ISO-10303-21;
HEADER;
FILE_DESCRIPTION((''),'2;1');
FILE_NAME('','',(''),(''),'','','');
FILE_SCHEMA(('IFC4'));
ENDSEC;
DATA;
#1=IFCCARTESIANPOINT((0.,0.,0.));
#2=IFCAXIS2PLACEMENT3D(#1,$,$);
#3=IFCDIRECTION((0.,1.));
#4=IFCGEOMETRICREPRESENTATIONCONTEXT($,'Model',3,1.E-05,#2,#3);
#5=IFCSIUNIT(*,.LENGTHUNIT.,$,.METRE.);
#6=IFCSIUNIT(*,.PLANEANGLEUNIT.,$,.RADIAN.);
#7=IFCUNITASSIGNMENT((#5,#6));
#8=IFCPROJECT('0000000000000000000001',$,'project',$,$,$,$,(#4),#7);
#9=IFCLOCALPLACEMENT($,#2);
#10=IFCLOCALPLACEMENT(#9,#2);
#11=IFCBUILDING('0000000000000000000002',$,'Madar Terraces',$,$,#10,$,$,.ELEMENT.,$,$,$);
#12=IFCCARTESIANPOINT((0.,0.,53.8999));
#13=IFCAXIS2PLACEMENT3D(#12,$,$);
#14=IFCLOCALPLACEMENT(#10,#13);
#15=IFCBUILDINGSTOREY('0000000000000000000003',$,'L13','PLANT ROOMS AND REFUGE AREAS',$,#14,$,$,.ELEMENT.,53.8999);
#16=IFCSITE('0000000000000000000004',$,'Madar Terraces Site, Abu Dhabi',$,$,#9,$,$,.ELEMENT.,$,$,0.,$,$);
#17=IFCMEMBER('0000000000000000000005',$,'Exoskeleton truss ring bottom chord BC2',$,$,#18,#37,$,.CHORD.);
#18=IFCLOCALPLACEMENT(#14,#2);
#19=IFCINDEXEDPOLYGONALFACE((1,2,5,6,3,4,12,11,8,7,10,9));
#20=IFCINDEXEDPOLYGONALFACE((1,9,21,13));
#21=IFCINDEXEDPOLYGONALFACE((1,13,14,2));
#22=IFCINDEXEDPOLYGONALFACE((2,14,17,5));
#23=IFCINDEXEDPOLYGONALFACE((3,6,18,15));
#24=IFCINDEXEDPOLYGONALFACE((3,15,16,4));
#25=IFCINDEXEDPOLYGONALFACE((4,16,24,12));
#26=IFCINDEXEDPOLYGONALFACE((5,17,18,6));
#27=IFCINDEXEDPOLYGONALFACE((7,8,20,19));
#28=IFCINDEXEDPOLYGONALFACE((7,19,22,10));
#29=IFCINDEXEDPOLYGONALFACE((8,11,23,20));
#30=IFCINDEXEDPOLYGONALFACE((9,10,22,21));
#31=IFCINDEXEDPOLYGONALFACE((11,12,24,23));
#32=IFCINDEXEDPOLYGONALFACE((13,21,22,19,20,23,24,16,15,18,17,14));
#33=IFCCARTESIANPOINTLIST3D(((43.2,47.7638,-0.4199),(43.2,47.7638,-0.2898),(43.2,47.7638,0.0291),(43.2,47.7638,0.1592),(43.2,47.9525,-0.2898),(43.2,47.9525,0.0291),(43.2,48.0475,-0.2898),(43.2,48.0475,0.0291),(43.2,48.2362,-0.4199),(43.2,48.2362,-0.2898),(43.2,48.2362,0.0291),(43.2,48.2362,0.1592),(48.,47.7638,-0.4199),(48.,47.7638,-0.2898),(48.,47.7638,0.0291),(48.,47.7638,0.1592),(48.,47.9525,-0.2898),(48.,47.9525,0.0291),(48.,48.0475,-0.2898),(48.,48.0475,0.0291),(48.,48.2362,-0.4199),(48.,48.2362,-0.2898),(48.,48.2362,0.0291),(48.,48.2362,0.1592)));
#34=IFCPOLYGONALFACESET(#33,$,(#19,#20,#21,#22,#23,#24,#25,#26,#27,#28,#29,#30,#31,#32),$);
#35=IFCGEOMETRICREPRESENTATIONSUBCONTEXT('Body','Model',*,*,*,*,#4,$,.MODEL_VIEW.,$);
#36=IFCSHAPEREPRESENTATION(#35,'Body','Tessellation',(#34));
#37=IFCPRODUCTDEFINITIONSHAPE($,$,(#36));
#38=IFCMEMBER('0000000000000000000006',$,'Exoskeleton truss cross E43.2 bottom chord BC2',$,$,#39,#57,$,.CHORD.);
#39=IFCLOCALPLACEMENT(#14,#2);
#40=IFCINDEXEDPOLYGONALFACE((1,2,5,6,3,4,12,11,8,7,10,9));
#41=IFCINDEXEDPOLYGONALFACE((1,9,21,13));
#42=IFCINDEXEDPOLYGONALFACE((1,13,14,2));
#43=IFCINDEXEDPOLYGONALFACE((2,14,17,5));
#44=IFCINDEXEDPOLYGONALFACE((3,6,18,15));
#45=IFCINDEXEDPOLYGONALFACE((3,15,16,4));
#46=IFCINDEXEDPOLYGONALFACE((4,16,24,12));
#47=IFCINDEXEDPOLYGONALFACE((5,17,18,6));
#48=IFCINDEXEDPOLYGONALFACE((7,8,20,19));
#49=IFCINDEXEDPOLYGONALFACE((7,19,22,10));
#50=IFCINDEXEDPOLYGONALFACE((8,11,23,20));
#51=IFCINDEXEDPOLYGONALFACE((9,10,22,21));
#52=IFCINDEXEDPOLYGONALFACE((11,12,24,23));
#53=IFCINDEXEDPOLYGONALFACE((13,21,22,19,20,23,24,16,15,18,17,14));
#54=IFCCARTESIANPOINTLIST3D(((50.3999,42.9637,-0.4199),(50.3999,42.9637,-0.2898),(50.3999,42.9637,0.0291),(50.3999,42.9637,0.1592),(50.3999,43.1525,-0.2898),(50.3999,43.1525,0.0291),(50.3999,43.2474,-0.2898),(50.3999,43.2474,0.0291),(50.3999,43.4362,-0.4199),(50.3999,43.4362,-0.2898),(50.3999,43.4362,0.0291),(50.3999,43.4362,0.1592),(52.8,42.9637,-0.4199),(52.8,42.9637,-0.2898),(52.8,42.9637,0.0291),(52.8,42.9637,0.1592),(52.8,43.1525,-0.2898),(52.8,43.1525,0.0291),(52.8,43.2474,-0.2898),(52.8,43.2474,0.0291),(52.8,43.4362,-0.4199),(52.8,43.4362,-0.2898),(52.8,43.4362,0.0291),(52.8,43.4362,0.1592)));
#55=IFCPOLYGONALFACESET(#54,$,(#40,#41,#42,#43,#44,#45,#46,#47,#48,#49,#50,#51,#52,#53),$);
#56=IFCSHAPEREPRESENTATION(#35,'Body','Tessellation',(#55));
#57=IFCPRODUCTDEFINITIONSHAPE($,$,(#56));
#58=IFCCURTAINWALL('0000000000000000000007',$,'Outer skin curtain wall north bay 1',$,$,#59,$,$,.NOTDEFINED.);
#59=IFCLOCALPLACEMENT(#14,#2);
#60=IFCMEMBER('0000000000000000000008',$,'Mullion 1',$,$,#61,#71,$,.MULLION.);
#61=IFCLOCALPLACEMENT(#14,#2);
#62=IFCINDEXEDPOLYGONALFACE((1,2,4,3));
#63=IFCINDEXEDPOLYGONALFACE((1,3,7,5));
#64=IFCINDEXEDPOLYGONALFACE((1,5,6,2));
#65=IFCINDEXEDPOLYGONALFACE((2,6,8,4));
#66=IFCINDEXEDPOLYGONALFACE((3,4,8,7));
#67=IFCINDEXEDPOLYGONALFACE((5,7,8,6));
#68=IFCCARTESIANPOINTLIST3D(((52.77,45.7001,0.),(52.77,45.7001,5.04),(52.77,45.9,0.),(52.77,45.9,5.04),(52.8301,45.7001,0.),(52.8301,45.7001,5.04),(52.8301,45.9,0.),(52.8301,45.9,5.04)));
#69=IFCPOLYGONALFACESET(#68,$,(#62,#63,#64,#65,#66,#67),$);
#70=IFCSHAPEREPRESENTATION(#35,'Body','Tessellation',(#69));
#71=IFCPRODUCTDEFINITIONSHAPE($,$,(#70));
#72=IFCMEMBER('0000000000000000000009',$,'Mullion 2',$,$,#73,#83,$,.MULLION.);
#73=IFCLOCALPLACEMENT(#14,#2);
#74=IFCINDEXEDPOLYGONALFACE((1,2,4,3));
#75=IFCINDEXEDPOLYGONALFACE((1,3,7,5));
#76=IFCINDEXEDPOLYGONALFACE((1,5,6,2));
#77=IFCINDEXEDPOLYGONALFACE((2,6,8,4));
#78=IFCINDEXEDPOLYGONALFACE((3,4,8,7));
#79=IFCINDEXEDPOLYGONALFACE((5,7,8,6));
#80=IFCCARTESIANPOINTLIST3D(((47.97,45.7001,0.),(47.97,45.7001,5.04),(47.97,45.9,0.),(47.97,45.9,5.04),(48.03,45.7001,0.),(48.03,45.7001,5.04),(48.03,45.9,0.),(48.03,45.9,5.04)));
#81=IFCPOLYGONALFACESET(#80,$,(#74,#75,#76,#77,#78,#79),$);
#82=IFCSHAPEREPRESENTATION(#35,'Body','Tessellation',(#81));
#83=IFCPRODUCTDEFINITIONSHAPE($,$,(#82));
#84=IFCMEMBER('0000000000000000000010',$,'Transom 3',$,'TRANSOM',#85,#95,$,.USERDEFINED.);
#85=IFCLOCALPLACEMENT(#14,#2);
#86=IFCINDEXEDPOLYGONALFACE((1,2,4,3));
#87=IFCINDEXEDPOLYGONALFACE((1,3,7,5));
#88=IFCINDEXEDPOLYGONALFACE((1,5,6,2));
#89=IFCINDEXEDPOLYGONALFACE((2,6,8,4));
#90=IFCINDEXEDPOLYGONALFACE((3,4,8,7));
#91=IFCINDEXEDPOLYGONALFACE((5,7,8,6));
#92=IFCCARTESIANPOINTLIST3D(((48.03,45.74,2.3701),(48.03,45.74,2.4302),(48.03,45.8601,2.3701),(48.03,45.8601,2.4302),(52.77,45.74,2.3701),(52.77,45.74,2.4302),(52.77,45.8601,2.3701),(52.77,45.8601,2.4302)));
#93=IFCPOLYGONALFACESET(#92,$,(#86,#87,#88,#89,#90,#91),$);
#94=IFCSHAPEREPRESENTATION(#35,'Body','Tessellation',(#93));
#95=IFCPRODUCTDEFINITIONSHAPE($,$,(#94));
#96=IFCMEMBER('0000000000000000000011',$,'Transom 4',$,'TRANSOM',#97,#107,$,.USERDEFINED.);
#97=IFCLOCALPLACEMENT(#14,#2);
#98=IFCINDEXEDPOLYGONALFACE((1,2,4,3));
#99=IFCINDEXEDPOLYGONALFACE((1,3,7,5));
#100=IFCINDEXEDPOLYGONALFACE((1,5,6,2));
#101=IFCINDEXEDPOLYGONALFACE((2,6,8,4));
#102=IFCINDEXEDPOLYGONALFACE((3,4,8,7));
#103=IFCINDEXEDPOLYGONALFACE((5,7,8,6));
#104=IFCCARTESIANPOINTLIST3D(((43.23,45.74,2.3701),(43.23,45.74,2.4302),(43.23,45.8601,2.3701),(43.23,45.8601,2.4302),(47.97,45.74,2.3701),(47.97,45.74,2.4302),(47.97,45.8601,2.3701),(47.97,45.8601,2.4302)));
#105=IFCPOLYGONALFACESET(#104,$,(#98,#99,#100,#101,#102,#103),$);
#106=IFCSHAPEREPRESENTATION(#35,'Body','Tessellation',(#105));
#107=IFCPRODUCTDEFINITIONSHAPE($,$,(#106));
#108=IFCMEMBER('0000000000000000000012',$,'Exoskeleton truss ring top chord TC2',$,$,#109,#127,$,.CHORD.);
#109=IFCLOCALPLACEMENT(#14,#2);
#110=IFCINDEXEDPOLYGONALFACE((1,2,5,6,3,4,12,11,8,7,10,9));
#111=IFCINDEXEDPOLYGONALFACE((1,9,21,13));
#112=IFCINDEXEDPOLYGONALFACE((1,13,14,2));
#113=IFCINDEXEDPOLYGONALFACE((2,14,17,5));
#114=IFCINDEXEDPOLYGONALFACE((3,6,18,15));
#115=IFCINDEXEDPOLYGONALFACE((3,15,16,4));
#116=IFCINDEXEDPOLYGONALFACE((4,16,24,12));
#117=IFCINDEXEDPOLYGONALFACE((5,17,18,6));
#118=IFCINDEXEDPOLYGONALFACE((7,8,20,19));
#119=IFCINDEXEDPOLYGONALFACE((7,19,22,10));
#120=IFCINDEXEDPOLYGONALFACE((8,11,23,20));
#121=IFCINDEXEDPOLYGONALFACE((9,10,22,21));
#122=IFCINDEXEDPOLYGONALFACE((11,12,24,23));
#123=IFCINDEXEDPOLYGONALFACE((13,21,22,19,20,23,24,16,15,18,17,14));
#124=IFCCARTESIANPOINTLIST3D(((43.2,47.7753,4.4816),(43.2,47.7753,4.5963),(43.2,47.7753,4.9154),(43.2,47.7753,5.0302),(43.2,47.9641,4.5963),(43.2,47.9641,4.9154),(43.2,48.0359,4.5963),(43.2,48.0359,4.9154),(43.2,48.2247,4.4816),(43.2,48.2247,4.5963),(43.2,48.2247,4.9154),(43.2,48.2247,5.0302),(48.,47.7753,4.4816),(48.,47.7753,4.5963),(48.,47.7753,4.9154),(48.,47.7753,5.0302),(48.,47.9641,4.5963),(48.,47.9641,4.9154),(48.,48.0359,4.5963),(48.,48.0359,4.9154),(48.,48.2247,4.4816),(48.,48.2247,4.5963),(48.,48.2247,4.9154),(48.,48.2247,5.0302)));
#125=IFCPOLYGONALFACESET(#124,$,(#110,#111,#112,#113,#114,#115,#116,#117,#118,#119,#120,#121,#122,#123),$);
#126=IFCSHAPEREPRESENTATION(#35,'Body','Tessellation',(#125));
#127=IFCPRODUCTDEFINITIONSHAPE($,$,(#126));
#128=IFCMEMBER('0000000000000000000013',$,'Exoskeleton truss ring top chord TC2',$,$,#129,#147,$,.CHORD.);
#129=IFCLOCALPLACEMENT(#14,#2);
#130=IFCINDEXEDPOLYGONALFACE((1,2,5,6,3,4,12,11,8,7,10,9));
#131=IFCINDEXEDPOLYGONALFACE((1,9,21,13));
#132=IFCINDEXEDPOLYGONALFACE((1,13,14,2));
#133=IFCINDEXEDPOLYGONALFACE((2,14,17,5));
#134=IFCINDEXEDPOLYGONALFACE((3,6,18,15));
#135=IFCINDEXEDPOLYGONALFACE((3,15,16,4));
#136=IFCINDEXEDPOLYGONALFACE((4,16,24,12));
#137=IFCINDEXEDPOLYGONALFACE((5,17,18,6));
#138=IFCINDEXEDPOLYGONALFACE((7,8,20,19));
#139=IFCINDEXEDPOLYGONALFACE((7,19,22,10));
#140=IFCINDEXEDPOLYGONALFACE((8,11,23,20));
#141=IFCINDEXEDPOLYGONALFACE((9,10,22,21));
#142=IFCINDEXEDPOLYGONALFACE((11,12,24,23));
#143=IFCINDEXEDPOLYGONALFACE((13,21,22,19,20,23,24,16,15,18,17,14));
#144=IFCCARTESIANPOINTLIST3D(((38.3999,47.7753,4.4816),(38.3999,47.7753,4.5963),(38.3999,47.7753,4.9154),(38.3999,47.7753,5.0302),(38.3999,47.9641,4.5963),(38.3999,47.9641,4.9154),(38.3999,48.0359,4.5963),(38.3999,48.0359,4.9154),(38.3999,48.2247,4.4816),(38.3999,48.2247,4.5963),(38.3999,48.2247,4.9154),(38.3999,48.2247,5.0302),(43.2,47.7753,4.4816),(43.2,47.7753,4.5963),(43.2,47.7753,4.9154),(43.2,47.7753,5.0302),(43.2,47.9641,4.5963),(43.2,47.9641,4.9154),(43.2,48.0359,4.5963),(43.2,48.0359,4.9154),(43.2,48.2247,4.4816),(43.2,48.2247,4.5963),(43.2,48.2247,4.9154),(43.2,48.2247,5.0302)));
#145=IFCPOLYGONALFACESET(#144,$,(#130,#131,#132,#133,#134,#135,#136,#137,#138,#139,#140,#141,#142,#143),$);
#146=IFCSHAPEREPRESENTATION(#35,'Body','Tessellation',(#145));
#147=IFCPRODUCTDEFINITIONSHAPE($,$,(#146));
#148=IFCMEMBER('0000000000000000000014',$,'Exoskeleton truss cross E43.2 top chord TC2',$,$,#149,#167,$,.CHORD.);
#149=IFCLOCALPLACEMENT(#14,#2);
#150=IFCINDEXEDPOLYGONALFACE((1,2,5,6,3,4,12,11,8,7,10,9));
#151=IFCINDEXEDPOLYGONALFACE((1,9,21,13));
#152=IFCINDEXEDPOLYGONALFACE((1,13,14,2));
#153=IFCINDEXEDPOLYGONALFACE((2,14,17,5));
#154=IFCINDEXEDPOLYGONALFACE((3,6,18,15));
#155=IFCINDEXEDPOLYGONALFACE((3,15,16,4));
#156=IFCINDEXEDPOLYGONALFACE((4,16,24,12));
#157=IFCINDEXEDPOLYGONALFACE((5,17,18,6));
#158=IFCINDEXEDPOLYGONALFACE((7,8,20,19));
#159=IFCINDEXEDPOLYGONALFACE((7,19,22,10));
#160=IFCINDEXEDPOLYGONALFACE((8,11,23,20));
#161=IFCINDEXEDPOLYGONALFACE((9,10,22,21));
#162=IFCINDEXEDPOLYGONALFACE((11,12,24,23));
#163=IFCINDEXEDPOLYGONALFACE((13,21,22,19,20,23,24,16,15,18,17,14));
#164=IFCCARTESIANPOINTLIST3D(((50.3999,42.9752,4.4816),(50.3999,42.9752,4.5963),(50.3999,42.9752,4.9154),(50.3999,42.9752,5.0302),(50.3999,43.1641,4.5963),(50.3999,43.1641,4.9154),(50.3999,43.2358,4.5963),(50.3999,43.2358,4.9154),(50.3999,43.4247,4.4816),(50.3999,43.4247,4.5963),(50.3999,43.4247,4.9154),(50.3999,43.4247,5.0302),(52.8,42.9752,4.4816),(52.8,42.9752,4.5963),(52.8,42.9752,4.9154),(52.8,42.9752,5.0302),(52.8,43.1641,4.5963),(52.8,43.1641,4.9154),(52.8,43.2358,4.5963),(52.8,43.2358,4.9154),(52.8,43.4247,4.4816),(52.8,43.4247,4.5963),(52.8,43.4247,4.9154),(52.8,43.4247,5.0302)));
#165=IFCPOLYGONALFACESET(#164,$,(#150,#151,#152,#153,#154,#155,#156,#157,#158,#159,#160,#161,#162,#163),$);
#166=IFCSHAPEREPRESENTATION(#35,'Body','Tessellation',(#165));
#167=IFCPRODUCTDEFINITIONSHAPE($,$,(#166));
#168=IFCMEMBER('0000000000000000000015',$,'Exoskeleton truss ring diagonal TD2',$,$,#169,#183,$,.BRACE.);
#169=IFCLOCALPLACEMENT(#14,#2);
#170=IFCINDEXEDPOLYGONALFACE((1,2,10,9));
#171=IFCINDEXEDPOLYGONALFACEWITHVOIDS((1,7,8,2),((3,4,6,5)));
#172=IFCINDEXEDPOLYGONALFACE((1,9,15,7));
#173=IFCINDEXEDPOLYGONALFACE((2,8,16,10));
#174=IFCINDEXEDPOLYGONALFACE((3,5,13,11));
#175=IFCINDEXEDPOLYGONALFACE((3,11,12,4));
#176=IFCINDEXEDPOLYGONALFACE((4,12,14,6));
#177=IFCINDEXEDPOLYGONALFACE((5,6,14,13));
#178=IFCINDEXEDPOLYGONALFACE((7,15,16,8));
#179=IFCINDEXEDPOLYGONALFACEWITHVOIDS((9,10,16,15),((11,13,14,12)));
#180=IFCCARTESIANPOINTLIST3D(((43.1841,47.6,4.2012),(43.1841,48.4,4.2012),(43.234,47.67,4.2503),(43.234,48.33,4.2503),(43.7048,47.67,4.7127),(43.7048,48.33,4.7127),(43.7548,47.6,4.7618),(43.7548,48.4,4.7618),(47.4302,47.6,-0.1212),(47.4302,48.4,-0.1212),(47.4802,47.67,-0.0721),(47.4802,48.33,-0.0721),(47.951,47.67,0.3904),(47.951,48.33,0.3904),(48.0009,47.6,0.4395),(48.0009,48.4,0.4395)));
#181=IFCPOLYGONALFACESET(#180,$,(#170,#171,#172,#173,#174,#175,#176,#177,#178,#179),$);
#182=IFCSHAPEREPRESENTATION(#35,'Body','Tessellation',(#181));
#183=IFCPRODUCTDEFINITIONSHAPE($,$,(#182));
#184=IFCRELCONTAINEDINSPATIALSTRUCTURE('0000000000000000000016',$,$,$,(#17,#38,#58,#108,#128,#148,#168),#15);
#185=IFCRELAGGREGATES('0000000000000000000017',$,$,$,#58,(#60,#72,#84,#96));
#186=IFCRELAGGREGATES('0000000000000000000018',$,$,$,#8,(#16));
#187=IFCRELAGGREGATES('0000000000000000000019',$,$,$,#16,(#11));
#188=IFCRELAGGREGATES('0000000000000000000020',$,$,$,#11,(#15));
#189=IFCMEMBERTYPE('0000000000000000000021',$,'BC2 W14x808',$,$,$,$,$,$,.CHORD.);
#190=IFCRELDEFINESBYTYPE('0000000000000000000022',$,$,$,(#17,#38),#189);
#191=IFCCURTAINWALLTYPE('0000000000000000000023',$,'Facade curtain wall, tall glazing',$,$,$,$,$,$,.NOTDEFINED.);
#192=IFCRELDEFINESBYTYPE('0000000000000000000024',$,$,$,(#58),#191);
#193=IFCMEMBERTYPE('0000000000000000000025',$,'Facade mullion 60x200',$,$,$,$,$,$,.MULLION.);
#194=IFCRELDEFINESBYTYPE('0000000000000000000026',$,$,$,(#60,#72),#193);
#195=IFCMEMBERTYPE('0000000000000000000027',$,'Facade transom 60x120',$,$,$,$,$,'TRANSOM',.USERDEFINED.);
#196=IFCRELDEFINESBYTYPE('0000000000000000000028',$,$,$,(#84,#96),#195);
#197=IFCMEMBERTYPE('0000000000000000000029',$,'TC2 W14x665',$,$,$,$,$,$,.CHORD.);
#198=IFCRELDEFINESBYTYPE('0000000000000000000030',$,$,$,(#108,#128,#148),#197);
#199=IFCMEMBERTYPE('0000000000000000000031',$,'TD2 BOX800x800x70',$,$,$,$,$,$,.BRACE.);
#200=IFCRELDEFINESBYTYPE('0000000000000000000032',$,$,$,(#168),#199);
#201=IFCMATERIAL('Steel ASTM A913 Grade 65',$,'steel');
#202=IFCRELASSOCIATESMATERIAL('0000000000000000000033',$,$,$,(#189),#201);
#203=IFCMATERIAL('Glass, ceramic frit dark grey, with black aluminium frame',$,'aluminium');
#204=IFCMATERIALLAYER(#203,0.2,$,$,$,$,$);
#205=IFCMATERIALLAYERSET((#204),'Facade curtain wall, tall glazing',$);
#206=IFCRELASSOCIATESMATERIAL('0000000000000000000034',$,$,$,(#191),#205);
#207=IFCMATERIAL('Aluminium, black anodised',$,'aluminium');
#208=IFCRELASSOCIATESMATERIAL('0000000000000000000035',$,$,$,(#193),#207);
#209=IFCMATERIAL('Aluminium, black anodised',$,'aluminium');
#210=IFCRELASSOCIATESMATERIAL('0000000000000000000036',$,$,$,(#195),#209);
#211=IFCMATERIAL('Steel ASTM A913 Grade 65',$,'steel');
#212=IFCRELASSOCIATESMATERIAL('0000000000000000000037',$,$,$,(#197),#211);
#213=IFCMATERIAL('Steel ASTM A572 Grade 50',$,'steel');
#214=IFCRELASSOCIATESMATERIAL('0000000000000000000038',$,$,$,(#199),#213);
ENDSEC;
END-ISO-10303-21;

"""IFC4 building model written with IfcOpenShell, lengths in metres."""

from ifc_helpers import new_model, si_unit, direction, frame, origin, origin_2d, place, context, subcontext, project, spatial, rectangle, hollow_rectangle, i_section, extrude, material, layer, layer_set, material_profile, profile_set, type_object, element, aggregate, save


model = new_model("IFC4")

# Units and contexts
model_context = context("Model", 3, precision=1e-05, world=origin(), true_north=direction((0.0, 1.0)))
body_context = subcontext(model_context, "Body", "Model", "MODEL_VIEW")
ifc_project = project(units=[si_unit("LENGTHUNIT", "METRE"), si_unit("PLANEANGLEUNIT", "RADIAN")], contexts=[model_context])

# Site, building, storey
site_placement = place(None, origin())
site = spatial("IfcSite", under=ifc_project, at=site_placement, Name="Madar Terraces Site, Abu Dhabi", CompositionType="ELEMENT", RefElevation=0.0)
building_placement = place(site_placement, origin())
building = spatial("IfcBuilding", under=site, at=building_placement, Name="Madar Terraces", CompositionType="ELEMENT")
storey_placement = place(building_placement, frame((0.0, 0.0, 53.8999)))
storey = spatial("IfcBuildingStorey", under=building, at=storey_placement, Name="L13", Description="PLANT ROOMS AND REFUGE AREAS", CompositionType="ELEMENT", Elevation=53.8999)

# Members
ifc_material_1 = material(Name="Steel ASTM A913 Grade 65", Category="steel")
ifc_material_profile_1 = material_profile(ifc_material_1, i_section(OverallWidth=0.4724, OverallDepth=0.5791, WebThickness=0.095, FlangeThickness=0.1301, at=origin_2d()), Name="W14x808")
ifc_profile_set_1 = profile_set([ifc_material_profile_1], Name="Steel ASTM A913 Grade 65")
member_type_1 = type_object("IfcMemberType", Name="BC2 W14x808", PredefinedType="CHORD", material=ifc_profile_set_1)
member_1_placement = place(storey_placement, frame((48.0, 48.0, -0.1304), z_axis=(-1.0, 0.0, 0.0), x_axis=(0.0, -1.0, 0.0)))
element("IfcMember", 1, at=member_1_placement, inside=storey, type_object=member_type_1, Name="Exoskeleton truss ring bottom chord BC2", PredefinedType="CHORD", context=body_context, shape_type="SweptSolid", body=[
    extrude(i_section(OverallWidth=0.4724, OverallDepth=0.5791, WebThickness=0.095, FlangeThickness=0.1301, at=origin_2d()), origin(), (0.0, 0.0, 1.0), 4.8),
])
member_2_placement = place(storey_placement, frame((52.8, 43.2, -0.1304), z_axis=(-1.0, 0.0, 0.0), x_axis=(0.0, -1.0, 0.0)))
element("IfcMember", 2, at=member_2_placement, inside=storey, type_object=member_type_1, Name="Exoskeleton truss cross E43.2 bottom chord BC2", PredefinedType="CHORD", context=body_context, shape_type="SweptSolid", body=[
    extrude(i_section(OverallWidth=0.4724, OverallDepth=0.5791, WebThickness=0.095, FlangeThickness=0.1301, at=origin_2d()), origin(), (0.0, 0.0, 1.0), 2.4001),
])

# Curtain wall, members
ifc_material_2 = material(Name="Glass, ceramic frit dark grey, with black aluminium frame", Category="aluminium")
ifc_layer_1 = layer(ifc_material_2, 0.2)
ifc_layer_set_1 = layer_set([ifc_layer_1], Name="Facade curtain wall, tall glazing")
curtain_wall_type = type_object("IfcCurtainWallType", Name="Facade curtain wall, tall glazing", PredefinedType="NOTDEFINED", material=ifc_layer_set_1)
curtain_wall_placement = place(storey_placement, origin())
curtain_wall = element("IfcCurtainWall", 3, at=curtain_wall_placement, inside=storey, type_object=curtain_wall_type, Name="Outer skin curtain wall north bay 1", PredefinedType="NOTDEFINED")
ifc_material_3 = material(Name="Aluminium, black anodised", Category="aluminium")
ifc_material_profile_2 = material_profile(ifc_material_3, rectangle(XDim=0.2, YDim=0.0601, at=origin_2d()), Name="Facade mullion 60x200")
ifc_profile_set_2 = profile_set([ifc_material_profile_2], Name="Aluminium, black anodised")
member_type_2 = type_object("IfcMemberType", Name="Facade mullion 60x200", PredefinedType="MULLION", material=ifc_profile_set_2)
member_3_placement = place(storey_placement, frame((52.8, 45.8, 0.0), z_axis=(0.0, 0.0, 1.0), x_axis=(0.0, -1.0, 0.0)))
member_3 = element("IfcMember", 4, at=member_3_placement, type_object=member_type_2, Name="Mullion 1", PredefinedType="MULLION", context=body_context, shape_type="SweptSolid", body=[
    extrude(rectangle(XDim=0.2, YDim=0.0601, at=origin_2d()), origin(), (0.0, 0.0, 1.0), 5.04),
])
member_4_placement = place(storey_placement, frame((48.0, 45.8, 0.0), z_axis=(0.0, 0.0, 1.0), x_axis=(0.0, -1.0, 0.0)))
member_4 = element("IfcMember", 5, at=member_4_placement, type_object=member_type_2, Name="Mullion 2", PredefinedType="MULLION", context=body_context, shape_type="SweptSolid", body=[
    extrude(rectangle(XDim=0.2, YDim=0.0601, at=origin_2d()), origin(), (0.0, 0.0, 1.0), 5.04),
])
ifc_material_4 = material(Name="Aluminium, black anodised", Category="aluminium")
ifc_material_profile_3 = material_profile(ifc_material_4, rectangle(XDim=0.1201, YDim=0.0601, at=origin_2d()), Name="Facade transom 60x120")
ifc_profile_set_3 = profile_set([ifc_material_profile_3], Name="Aluminium, black anodised")
member_type_3 = type_object("IfcMemberType", Name="Facade transom 60x120", ElementType="TRANSOM", PredefinedType="USERDEFINED", material=ifc_profile_set_3)
member_5_placement = place(storey_placement, frame((52.77, 45.8, 2.4001), z_axis=(-1.0, 0.0, 0.0), x_axis=(0.0, -1.0, 0.0)))
member_5 = element("IfcMember", 6, at=member_5_placement, type_object=member_type_3, Name="Transom 3", ObjectType="TRANSOM", PredefinedType="USERDEFINED", context=body_context, shape_type="SweptSolid", body=[
    extrude(rectangle(XDim=0.1201, YDim=0.0601, at=origin_2d()), origin(), (0.0, 0.0, 1.0), 4.74),
])
member_6_placement = place(storey_placement, frame((47.97, 45.8, 2.4001), z_axis=(-1.0, 0.0, 0.0), x_axis=(0.0, -1.0, 0.0)))
member_6 = element("IfcMember", 7, at=member_6_placement, type_object=member_type_3, Name="Transom 4", ObjectType="TRANSOM", PredefinedType="USERDEFINED", context=body_context, shape_type="SweptSolid", body=[
    extrude(rectangle(XDim=0.1201, YDim=0.0601, at=origin_2d()), origin(), (0.0, 0.0, 1.0), 4.74),
])

# Members
ifc_material_5 = material(Name="Steel ASTM A913 Grade 65", Category="steel")
ifc_material_profile_4 = material_profile(ifc_material_5, i_section(OverallWidth=0.4495, OverallDepth=0.5486, WebThickness=0.0718, FlangeThickness=0.1147, at=origin_2d()), Name="W14x665")
ifc_profile_set_4 = profile_set([ifc_material_profile_4], Name="Steel ASTM A913 Grade 65")
member_type_4 = type_object("IfcMemberType", Name="TC2 W14x665", PredefinedType="CHORD", material=ifc_profile_set_4)
for number, where, z_axis, x_axis, name in (
    (8, (48.0, 48.0, 4.7559), (-1.0, 0.0, 0.0), (0.0, -1.0, 0.0), "Exoskeleton truss ring top chord TC2"),
    (9, (43.2, 48.0, 4.7559), (-1.0, 0.0, 0.0), (0.0, -1.0, 0.0), "Exoskeleton truss ring top chord TC2"),
):
    element("IfcMember", number, at=place(storey_placement, frame(where, z_axis=z_axis, x_axis=x_axis)), inside=storey, type_object=member_type_4, Name=name, PredefinedType="CHORD", context=body_context, shape_type="SweptSolid", body=[
        extrude(i_section(OverallWidth=0.4495, OverallDepth=0.5486, WebThickness=0.0718, FlangeThickness=0.1147, at=origin_2d()), origin(), (0.0, 0.0, 1.0), 4.8),
    ])
member_7_placement = place(storey_placement, frame((52.8, 43.2, 4.7559), z_axis=(-1.0, 0.0, 0.0), x_axis=(0.0, -1.0, 0.0)))
element("IfcMember", 10, at=member_7_placement, inside=storey, type_object=member_type_4, Name="Exoskeleton truss cross E43.2 top chord TC2", PredefinedType="CHORD", context=body_context, shape_type="SweptSolid", body=[
    extrude(i_section(OverallWidth=0.4495, OverallDepth=0.5486, WebThickness=0.0718, FlangeThickness=0.1147, at=origin_2d()), origin(), (0.0, 0.0, 1.0), 2.4001),
])
ifc_material_6 = material(Name="Steel ASTM A572 Grade 50", Category="steel")
ifc_material_profile_5 = material_profile(ifc_material_6, hollow_rectangle(XDim=0.8, YDim=0.8, WallThickness=0.0701, at=origin_2d()), Name="BOX800x800x70")
ifc_profile_set_5 = profile_set([ifc_material_profile_5], Name="Steel ASTM A572 Grade 50")
member_type_5 = type_object("IfcMemberType", Name="TD2 BOX800x800x70", PredefinedType="BRACE", material=ifc_profile_set_5)
member_8_placement = place(storey_placement, frame((47.7156, 48.0, 0.1592), z_axis=(-0.700793, 0.0, 0.713365), x_axis=(0.0, -1.0, 0.0)))
element("IfcMember", 11, at=member_8_placement, inside=storey, type_object=member_type_5, Name="Exoskeleton truss ring diagonal TD2", PredefinedType="BRACE", context=body_context, shape_type="SweptSolid", body=[
    extrude(hollow_rectangle(XDim=0.8, YDim=0.8, WallThickness=0.0701, at=origin_2d()), origin(), (0.0, 0.0, 1.0), 6.0591),
])

aggregate(curtain_wall, [member_3, member_4, member_5, member_6])

save(model, "model.ifc")
